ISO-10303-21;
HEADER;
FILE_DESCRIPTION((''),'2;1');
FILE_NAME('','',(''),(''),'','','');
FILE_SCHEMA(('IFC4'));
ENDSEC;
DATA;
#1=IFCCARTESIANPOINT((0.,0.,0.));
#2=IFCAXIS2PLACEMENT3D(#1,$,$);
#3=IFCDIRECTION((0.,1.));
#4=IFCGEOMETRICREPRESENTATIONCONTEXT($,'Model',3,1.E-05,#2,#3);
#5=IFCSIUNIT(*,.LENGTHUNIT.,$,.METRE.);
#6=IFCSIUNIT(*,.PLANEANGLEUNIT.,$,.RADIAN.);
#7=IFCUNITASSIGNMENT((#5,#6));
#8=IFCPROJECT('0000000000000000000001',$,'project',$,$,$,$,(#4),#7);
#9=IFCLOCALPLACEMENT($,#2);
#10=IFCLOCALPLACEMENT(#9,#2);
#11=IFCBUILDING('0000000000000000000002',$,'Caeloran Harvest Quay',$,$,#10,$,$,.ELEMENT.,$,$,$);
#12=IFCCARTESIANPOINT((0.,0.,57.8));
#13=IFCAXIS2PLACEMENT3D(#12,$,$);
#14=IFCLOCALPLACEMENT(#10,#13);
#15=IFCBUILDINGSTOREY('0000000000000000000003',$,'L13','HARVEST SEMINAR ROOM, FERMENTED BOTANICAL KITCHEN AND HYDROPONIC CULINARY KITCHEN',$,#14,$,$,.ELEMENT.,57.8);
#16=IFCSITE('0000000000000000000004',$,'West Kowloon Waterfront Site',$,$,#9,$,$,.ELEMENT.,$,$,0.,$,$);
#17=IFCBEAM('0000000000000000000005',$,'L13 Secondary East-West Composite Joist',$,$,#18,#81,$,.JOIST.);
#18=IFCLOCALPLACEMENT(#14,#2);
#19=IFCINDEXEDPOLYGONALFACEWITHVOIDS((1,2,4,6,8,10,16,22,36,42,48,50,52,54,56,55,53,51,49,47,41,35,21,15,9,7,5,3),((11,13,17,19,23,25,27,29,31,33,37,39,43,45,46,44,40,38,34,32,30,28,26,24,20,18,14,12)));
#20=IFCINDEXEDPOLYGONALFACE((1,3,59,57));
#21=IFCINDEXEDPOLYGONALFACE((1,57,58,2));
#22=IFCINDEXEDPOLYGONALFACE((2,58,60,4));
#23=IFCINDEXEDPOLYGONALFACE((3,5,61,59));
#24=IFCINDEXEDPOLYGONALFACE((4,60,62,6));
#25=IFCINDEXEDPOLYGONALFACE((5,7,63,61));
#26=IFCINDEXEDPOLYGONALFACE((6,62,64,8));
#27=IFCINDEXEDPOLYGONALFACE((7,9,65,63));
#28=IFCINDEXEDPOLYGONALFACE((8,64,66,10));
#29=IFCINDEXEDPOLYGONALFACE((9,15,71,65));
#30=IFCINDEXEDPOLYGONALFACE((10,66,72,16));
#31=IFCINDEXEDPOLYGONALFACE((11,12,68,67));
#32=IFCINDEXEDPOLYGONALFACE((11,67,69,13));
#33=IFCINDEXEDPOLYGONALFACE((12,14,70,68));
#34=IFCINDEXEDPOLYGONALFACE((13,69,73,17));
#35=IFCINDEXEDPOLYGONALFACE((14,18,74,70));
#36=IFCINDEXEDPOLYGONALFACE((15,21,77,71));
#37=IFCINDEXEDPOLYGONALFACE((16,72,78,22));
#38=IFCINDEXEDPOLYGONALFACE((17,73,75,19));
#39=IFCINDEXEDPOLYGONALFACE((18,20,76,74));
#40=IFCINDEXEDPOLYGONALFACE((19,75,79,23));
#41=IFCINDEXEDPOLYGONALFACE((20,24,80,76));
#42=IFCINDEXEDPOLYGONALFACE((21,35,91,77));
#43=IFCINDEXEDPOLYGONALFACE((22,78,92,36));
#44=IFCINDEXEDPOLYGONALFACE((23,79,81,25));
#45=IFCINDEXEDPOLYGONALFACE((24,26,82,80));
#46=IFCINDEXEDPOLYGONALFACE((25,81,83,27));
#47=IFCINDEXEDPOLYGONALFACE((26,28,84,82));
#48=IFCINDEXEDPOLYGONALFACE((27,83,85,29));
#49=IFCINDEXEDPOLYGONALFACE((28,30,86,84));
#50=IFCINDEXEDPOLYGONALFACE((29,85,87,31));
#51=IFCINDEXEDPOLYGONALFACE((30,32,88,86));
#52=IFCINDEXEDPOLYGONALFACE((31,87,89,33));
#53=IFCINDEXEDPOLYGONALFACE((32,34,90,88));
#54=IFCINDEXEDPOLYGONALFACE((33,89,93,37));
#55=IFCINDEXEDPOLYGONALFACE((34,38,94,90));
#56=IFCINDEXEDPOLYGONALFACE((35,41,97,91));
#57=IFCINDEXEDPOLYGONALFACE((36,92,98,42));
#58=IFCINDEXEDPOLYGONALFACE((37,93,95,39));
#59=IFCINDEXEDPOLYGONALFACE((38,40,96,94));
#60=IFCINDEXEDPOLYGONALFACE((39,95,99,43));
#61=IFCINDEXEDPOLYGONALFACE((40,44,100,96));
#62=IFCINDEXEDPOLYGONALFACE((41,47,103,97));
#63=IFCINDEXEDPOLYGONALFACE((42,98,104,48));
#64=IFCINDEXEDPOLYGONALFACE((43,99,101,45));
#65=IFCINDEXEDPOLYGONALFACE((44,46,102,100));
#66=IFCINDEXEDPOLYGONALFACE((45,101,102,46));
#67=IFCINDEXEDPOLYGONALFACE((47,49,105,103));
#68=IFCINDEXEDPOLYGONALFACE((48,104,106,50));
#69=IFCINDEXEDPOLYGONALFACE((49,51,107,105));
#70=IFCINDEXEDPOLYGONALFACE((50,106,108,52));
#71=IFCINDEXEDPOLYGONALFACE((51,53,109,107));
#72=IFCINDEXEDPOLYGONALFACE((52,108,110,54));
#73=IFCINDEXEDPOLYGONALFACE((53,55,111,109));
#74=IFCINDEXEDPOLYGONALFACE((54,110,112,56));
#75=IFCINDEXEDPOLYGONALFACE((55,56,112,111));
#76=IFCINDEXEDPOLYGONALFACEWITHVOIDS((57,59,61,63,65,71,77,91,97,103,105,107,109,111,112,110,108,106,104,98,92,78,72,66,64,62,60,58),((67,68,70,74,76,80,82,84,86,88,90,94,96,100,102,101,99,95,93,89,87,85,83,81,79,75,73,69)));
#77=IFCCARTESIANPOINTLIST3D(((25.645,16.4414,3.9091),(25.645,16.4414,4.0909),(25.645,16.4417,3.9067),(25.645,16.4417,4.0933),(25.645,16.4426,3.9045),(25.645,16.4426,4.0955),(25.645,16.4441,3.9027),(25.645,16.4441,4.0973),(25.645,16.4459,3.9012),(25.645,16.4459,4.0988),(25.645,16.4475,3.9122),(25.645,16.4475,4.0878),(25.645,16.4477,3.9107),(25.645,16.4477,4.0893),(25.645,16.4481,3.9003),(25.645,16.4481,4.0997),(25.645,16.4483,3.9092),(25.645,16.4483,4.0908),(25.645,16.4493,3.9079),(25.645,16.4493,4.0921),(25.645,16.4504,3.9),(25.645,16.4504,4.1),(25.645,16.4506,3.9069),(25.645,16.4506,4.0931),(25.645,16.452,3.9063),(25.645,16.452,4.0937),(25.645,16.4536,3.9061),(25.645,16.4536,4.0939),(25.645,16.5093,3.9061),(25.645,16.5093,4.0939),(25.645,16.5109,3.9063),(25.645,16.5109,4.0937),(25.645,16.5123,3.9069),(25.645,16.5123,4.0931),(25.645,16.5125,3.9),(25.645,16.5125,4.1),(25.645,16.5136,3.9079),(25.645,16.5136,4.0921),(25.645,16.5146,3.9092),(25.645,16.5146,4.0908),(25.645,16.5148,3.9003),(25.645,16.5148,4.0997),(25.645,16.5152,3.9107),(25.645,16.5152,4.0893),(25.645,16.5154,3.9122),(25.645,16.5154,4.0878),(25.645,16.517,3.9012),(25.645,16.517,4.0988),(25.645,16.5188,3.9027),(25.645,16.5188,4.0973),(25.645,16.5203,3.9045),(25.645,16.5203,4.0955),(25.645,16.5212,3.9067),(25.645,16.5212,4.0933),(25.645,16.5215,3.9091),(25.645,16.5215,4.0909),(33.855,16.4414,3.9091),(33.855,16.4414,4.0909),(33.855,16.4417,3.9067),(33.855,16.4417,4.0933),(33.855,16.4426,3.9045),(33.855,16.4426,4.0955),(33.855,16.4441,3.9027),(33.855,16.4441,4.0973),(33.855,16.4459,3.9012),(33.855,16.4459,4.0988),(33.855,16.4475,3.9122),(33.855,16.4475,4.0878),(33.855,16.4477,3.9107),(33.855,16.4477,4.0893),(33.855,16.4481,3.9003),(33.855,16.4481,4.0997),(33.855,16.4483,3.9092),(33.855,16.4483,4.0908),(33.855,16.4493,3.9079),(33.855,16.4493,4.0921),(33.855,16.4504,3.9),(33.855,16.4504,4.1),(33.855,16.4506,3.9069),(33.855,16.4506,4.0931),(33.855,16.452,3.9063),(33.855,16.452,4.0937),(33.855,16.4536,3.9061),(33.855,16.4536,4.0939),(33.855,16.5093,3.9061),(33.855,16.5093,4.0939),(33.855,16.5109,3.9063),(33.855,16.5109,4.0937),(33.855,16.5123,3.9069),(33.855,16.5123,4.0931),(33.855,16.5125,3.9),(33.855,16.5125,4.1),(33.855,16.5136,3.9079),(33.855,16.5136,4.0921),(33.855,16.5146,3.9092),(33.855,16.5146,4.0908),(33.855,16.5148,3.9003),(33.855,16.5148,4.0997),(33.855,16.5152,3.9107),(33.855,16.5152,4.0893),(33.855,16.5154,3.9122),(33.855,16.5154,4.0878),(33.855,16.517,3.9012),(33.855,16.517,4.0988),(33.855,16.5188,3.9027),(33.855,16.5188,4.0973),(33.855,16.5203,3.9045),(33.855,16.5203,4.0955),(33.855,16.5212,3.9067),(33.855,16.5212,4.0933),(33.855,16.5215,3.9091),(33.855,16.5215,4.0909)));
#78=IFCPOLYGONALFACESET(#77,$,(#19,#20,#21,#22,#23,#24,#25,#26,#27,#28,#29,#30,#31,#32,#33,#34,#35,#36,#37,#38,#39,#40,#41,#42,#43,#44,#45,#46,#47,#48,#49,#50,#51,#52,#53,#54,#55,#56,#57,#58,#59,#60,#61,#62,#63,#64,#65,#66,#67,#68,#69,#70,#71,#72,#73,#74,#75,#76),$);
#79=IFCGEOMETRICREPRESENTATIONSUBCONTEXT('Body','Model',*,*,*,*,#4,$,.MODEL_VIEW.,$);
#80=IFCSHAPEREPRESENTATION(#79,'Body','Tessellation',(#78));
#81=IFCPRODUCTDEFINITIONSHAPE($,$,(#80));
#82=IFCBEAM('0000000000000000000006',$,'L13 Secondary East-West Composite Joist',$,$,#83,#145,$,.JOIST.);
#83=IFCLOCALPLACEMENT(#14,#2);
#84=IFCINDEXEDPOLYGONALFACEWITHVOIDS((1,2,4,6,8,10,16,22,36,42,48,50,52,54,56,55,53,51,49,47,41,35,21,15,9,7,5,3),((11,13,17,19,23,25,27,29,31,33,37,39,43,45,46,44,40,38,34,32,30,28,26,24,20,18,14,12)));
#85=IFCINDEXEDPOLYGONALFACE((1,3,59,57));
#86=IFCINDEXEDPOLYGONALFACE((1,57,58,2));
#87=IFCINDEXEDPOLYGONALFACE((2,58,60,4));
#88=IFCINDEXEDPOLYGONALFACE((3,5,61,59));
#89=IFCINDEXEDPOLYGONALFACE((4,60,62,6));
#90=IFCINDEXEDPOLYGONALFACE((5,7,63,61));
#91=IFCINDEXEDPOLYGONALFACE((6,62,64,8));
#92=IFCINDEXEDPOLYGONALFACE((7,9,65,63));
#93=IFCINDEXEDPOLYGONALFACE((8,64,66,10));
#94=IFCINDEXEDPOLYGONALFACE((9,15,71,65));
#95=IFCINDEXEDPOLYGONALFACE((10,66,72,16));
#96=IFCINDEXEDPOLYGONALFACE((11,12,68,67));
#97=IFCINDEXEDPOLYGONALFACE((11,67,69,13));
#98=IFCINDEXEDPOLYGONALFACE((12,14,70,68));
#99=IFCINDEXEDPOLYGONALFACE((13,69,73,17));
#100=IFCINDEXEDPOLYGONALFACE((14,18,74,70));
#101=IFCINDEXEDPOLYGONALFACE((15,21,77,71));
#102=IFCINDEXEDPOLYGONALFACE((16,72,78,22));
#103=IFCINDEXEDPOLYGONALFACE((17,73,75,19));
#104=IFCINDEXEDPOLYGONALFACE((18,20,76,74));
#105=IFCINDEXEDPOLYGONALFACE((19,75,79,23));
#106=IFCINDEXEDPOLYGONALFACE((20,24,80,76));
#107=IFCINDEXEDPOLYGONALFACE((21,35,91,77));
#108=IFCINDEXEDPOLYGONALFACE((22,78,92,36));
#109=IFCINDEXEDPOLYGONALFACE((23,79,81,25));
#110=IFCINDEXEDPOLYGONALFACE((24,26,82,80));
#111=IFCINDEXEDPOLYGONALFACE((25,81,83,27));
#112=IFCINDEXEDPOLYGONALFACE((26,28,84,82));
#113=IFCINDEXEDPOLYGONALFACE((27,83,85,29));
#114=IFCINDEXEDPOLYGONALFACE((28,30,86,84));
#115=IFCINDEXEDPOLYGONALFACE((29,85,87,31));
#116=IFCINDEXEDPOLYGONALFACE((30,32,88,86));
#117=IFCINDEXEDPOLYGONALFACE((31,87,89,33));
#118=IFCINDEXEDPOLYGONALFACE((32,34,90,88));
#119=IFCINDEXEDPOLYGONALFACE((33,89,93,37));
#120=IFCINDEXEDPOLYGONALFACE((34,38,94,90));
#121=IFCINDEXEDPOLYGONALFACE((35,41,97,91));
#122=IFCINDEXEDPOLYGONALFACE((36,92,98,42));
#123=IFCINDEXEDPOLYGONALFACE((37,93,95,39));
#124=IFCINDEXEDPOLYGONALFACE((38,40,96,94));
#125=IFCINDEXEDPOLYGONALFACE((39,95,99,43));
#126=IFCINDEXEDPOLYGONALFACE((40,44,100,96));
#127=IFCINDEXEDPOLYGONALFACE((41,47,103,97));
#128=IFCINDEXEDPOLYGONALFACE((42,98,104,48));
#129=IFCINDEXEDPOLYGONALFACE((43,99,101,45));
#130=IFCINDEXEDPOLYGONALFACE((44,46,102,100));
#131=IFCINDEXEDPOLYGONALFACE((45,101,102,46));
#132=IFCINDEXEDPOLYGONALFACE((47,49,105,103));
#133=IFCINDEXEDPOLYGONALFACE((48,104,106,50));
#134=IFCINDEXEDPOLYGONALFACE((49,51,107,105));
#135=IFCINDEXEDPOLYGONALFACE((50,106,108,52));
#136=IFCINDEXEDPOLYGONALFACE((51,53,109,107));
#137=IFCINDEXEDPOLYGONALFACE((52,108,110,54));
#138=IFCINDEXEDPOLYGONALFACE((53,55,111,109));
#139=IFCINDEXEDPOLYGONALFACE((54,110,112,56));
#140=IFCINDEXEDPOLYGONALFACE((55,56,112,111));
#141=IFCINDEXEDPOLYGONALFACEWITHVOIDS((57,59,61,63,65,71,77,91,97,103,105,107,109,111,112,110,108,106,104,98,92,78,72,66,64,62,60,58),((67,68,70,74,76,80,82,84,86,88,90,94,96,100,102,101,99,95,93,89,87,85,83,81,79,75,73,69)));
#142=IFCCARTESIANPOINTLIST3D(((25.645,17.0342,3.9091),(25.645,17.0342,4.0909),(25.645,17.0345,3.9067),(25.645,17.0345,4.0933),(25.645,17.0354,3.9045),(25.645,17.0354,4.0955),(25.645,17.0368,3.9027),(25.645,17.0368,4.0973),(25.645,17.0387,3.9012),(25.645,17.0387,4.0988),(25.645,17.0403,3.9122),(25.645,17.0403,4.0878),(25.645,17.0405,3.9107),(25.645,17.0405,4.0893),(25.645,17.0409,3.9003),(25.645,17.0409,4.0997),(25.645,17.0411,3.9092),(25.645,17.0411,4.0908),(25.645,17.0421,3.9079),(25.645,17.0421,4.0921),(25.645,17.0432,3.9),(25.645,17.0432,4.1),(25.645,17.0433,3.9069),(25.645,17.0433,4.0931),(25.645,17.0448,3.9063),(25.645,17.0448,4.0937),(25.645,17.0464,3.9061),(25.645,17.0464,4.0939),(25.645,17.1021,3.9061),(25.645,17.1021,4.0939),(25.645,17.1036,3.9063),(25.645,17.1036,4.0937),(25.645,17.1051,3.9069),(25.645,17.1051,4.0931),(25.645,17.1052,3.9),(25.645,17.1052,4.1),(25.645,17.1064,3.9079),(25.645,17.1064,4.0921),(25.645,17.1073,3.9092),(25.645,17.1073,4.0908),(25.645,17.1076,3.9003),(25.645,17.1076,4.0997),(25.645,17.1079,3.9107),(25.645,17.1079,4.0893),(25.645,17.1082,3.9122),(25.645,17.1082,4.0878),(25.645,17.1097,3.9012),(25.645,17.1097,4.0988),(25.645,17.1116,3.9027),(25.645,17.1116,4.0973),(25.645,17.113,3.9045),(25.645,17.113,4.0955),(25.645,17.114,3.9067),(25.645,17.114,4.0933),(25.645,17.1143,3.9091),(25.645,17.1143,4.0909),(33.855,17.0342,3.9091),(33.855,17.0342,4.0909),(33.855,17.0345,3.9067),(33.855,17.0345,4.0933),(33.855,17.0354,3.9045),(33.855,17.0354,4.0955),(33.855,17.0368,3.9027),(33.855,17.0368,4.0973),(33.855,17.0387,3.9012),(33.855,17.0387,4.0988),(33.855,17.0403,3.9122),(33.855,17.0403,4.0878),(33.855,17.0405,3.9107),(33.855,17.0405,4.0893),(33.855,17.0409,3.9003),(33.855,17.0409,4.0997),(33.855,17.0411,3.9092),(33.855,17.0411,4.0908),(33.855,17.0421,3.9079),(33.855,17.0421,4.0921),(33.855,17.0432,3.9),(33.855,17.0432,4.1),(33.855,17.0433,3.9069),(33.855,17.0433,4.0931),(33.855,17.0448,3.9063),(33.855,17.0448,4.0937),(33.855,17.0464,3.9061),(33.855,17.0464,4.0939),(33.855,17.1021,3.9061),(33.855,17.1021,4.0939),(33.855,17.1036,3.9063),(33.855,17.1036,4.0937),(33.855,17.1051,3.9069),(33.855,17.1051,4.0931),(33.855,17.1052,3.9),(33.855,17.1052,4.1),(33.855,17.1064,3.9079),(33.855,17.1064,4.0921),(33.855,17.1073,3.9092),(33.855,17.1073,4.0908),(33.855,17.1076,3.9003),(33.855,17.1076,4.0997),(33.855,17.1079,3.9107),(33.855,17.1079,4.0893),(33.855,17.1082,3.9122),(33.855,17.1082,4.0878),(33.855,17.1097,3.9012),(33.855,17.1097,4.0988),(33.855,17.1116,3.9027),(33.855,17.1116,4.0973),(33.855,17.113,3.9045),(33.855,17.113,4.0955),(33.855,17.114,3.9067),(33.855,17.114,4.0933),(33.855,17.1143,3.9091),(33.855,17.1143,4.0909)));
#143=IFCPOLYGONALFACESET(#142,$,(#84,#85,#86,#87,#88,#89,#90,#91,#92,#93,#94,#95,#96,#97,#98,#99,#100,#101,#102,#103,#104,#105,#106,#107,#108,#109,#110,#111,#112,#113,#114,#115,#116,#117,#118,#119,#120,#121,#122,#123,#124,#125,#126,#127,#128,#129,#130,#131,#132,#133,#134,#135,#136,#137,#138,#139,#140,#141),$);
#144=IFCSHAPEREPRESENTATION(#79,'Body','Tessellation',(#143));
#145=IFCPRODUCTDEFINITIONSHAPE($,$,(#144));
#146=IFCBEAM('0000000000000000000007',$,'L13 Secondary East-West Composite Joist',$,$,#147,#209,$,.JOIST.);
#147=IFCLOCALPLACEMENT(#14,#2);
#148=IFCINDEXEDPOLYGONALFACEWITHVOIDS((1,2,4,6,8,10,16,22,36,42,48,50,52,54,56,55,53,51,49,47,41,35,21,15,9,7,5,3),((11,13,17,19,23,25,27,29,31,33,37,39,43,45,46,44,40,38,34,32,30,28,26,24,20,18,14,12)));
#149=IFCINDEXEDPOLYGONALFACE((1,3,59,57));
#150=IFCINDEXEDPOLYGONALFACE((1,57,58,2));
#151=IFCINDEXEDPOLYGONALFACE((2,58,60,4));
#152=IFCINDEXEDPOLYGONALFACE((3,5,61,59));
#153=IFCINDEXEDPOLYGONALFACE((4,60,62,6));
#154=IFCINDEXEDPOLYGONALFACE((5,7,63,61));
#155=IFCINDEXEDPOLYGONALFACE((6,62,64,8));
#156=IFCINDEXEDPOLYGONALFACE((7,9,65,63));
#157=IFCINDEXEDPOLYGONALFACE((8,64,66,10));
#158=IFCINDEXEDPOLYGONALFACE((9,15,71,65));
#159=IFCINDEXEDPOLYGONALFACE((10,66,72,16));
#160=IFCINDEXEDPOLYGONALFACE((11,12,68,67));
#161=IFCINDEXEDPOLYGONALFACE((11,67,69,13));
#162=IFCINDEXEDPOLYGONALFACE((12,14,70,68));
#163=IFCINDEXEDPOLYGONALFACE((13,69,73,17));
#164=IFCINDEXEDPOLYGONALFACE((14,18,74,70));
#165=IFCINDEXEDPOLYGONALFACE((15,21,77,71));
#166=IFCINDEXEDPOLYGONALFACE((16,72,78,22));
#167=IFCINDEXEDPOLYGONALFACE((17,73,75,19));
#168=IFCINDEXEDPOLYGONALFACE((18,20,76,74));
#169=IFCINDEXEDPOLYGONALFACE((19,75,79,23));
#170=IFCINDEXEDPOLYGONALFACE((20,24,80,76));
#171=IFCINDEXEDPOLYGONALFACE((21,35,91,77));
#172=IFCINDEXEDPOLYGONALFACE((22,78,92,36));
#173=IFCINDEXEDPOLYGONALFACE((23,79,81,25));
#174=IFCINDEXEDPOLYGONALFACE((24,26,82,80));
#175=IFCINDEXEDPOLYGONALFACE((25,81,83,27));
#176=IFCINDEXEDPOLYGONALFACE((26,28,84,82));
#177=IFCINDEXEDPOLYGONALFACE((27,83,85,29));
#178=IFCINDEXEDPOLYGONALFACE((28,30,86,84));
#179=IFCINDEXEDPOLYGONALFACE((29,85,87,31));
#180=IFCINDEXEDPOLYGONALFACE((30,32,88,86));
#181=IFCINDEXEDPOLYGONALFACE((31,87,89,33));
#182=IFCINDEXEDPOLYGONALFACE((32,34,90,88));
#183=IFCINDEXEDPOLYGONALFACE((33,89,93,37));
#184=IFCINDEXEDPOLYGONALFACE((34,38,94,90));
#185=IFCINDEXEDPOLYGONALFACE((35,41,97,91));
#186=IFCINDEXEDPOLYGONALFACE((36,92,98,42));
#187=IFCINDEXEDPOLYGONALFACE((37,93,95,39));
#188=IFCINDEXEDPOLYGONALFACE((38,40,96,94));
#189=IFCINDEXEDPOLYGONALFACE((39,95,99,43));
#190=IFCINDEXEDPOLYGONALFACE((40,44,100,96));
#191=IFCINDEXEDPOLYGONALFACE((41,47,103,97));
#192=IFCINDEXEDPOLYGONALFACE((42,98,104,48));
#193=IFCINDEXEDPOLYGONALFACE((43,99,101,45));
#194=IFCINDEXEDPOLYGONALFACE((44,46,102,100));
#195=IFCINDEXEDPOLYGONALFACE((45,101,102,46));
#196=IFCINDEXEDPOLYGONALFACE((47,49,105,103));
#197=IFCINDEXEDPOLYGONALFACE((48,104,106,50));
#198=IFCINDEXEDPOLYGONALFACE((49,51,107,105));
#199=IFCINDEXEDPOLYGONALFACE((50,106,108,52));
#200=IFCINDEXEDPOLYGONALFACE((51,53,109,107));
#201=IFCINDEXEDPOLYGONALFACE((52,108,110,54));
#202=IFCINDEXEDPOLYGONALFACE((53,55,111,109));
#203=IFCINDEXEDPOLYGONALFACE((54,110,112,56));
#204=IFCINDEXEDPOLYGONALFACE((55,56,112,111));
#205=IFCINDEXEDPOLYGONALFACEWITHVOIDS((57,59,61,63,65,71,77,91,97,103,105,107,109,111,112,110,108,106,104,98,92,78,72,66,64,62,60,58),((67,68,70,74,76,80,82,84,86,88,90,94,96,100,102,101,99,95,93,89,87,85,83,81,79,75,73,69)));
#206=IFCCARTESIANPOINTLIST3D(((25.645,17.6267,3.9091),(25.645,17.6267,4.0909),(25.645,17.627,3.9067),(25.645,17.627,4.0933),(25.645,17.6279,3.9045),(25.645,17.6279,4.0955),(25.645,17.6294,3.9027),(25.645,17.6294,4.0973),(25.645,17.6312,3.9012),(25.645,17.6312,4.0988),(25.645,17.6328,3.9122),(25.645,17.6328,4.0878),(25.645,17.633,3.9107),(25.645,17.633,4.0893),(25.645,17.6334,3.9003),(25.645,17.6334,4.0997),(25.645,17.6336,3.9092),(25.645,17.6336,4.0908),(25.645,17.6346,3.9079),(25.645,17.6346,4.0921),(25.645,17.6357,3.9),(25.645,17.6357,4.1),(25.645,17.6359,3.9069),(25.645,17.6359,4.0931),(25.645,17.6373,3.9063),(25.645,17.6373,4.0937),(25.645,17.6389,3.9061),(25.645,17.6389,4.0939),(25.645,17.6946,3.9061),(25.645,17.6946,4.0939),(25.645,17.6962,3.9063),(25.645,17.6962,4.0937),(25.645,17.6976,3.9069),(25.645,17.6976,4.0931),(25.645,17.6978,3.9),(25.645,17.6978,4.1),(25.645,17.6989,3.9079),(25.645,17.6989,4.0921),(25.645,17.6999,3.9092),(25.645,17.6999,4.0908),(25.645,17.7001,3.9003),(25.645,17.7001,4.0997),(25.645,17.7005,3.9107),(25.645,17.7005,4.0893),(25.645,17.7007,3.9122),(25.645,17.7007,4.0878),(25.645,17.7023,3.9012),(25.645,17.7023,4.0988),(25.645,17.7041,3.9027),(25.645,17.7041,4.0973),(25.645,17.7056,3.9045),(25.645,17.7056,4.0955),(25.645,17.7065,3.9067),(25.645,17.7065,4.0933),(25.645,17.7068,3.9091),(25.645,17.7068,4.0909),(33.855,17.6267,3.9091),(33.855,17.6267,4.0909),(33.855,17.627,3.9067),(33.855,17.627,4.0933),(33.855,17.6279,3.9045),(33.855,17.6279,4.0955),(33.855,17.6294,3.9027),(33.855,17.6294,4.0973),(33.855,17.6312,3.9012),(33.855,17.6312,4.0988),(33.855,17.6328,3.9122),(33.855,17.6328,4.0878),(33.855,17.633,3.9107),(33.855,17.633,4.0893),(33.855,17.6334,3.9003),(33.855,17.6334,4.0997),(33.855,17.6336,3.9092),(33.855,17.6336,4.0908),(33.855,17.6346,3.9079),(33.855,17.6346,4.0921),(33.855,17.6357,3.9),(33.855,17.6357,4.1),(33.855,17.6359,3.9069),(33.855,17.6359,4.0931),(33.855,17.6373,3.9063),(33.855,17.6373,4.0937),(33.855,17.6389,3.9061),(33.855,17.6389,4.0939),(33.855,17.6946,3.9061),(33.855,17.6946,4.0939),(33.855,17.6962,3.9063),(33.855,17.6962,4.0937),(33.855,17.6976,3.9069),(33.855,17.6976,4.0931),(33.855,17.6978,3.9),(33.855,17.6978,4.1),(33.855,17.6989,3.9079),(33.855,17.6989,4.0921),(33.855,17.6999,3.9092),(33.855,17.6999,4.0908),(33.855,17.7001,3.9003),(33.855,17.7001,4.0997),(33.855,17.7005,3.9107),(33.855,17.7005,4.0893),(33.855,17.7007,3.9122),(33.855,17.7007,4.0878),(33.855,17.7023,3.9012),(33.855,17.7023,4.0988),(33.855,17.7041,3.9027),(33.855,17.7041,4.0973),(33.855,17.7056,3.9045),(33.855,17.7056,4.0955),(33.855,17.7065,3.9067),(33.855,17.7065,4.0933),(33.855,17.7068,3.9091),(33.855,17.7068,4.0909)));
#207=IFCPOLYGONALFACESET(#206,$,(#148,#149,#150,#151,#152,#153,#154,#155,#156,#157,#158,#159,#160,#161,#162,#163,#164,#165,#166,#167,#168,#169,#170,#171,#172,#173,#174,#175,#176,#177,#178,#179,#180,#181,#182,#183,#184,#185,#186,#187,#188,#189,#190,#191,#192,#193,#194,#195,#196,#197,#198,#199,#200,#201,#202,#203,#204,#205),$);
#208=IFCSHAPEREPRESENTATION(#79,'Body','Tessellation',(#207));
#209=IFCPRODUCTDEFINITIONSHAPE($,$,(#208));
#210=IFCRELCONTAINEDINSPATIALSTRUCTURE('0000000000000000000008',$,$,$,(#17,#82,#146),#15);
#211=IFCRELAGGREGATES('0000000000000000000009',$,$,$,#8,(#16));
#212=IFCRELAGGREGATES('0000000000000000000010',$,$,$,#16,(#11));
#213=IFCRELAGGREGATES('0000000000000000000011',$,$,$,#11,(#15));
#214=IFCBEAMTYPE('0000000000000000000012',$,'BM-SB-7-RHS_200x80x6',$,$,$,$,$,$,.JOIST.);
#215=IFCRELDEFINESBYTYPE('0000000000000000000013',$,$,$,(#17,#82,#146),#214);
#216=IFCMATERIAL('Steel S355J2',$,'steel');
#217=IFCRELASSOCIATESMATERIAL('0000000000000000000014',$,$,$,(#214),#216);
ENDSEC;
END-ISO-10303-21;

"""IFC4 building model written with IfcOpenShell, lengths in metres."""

from ifc_helpers import new_model, si_unit, direction, frame, origin, origin_2d, place, context, subcontext, project, spatial, hollow_rectangle, extrude, material, material_profile, profile_set, type_object, element, save


model = new_model("IFC4")

# Units and contexts
model_context = context("Model", 3, precision=1e-05, world=origin(), true_north=direction((0.0, 1.0)))
body_context = subcontext(model_context, "Body", "Model", "MODEL_VIEW")
ifc_project = project(units=[si_unit("LENGTHUNIT", "METRE"), si_unit("PLANEANGLEUNIT", "RADIAN")], contexts=[model_context])

# Site, building, storey
site_placement = place(None, origin())
site = spatial("IfcSite", under=ifc_project, at=site_placement, Name="West Kowloon Waterfront Site", CompositionType="ELEMENT", RefElevation=0.0)
building_placement = place(site_placement, origin())
building = spatial("IfcBuilding", under=site, at=building_placement, Name="Caeloran Harvest Quay", CompositionType="ELEMENT")
storey_placement = place(building_placement, frame((0.0, 0.0, 57.8)))
storey = spatial("IfcBuildingStorey", under=building, at=storey_placement, Name="L13", Description="HARVEST SEMINAR ROOM, FERMENTED BOTANICAL KITCHEN AND HYDROPONIC CULINARY KITCHEN", CompositionType="ELEMENT", Elevation=57.8)

# Beams
ifc_material_1 = material(Name="Steel S355J2", Category="steel")
ifc_material_profile_1 = material_profile(ifc_material_1, hollow_rectangle(XDim=0.0801, YDim=0.2, WallThickness=0.0061, InnerFilletRadius=0.0061, OuterFilletRadius=0.009, at=origin_2d()), Name="RHS 200x80x6")
ifc_profile_set_1 = profile_set([ifc_material_profile_1], Name="Steel S355J2")
beam_type_1 = type_object("IfcBeamType", Name="BM-SB-7-RHS_200x80x6", PredefinedType="JOIST", material=ifc_profile_set_1)
for number, where, z_axis, x_axis, name in (
    (1, (25.645, 16.4814, 4.0), (1.0, 0.0, 0.0), (0.0, 1.0, 0.0), "L13 Secondary East-West Composite Joist"),
    (2, (25.645, 17.0742, 4.0), (1.0, 0.0, 0.0), (0.0, 1.0, 0.0), "L13 Secondary East-West Composite Joist"),
    (3, (25.645, 17.6667, 4.0), (1.0, 0.0, 0.0), (0.0, 1.0, 0.0), "L13 Secondary East-West Composite Joist"),
):
    element("IfcBeam", number, at=place(storey_placement, frame(where, z_axis=z_axis, x_axis=x_axis)), inside=storey, type_object=beam_type_1, Name=name, PredefinedType="JOIST", context=body_context, shape_type="SweptSolid", body=[
        extrude(hollow_rectangle(XDim=0.0801, YDim=0.2, WallThickness=0.0061, InnerFilletRadius=0.0061, OuterFilletRadius=0.009, at=origin_2d()), origin(), (0.0, 0.0, 1.0), 8.21),
    ])

save(model, "model.ifc")
